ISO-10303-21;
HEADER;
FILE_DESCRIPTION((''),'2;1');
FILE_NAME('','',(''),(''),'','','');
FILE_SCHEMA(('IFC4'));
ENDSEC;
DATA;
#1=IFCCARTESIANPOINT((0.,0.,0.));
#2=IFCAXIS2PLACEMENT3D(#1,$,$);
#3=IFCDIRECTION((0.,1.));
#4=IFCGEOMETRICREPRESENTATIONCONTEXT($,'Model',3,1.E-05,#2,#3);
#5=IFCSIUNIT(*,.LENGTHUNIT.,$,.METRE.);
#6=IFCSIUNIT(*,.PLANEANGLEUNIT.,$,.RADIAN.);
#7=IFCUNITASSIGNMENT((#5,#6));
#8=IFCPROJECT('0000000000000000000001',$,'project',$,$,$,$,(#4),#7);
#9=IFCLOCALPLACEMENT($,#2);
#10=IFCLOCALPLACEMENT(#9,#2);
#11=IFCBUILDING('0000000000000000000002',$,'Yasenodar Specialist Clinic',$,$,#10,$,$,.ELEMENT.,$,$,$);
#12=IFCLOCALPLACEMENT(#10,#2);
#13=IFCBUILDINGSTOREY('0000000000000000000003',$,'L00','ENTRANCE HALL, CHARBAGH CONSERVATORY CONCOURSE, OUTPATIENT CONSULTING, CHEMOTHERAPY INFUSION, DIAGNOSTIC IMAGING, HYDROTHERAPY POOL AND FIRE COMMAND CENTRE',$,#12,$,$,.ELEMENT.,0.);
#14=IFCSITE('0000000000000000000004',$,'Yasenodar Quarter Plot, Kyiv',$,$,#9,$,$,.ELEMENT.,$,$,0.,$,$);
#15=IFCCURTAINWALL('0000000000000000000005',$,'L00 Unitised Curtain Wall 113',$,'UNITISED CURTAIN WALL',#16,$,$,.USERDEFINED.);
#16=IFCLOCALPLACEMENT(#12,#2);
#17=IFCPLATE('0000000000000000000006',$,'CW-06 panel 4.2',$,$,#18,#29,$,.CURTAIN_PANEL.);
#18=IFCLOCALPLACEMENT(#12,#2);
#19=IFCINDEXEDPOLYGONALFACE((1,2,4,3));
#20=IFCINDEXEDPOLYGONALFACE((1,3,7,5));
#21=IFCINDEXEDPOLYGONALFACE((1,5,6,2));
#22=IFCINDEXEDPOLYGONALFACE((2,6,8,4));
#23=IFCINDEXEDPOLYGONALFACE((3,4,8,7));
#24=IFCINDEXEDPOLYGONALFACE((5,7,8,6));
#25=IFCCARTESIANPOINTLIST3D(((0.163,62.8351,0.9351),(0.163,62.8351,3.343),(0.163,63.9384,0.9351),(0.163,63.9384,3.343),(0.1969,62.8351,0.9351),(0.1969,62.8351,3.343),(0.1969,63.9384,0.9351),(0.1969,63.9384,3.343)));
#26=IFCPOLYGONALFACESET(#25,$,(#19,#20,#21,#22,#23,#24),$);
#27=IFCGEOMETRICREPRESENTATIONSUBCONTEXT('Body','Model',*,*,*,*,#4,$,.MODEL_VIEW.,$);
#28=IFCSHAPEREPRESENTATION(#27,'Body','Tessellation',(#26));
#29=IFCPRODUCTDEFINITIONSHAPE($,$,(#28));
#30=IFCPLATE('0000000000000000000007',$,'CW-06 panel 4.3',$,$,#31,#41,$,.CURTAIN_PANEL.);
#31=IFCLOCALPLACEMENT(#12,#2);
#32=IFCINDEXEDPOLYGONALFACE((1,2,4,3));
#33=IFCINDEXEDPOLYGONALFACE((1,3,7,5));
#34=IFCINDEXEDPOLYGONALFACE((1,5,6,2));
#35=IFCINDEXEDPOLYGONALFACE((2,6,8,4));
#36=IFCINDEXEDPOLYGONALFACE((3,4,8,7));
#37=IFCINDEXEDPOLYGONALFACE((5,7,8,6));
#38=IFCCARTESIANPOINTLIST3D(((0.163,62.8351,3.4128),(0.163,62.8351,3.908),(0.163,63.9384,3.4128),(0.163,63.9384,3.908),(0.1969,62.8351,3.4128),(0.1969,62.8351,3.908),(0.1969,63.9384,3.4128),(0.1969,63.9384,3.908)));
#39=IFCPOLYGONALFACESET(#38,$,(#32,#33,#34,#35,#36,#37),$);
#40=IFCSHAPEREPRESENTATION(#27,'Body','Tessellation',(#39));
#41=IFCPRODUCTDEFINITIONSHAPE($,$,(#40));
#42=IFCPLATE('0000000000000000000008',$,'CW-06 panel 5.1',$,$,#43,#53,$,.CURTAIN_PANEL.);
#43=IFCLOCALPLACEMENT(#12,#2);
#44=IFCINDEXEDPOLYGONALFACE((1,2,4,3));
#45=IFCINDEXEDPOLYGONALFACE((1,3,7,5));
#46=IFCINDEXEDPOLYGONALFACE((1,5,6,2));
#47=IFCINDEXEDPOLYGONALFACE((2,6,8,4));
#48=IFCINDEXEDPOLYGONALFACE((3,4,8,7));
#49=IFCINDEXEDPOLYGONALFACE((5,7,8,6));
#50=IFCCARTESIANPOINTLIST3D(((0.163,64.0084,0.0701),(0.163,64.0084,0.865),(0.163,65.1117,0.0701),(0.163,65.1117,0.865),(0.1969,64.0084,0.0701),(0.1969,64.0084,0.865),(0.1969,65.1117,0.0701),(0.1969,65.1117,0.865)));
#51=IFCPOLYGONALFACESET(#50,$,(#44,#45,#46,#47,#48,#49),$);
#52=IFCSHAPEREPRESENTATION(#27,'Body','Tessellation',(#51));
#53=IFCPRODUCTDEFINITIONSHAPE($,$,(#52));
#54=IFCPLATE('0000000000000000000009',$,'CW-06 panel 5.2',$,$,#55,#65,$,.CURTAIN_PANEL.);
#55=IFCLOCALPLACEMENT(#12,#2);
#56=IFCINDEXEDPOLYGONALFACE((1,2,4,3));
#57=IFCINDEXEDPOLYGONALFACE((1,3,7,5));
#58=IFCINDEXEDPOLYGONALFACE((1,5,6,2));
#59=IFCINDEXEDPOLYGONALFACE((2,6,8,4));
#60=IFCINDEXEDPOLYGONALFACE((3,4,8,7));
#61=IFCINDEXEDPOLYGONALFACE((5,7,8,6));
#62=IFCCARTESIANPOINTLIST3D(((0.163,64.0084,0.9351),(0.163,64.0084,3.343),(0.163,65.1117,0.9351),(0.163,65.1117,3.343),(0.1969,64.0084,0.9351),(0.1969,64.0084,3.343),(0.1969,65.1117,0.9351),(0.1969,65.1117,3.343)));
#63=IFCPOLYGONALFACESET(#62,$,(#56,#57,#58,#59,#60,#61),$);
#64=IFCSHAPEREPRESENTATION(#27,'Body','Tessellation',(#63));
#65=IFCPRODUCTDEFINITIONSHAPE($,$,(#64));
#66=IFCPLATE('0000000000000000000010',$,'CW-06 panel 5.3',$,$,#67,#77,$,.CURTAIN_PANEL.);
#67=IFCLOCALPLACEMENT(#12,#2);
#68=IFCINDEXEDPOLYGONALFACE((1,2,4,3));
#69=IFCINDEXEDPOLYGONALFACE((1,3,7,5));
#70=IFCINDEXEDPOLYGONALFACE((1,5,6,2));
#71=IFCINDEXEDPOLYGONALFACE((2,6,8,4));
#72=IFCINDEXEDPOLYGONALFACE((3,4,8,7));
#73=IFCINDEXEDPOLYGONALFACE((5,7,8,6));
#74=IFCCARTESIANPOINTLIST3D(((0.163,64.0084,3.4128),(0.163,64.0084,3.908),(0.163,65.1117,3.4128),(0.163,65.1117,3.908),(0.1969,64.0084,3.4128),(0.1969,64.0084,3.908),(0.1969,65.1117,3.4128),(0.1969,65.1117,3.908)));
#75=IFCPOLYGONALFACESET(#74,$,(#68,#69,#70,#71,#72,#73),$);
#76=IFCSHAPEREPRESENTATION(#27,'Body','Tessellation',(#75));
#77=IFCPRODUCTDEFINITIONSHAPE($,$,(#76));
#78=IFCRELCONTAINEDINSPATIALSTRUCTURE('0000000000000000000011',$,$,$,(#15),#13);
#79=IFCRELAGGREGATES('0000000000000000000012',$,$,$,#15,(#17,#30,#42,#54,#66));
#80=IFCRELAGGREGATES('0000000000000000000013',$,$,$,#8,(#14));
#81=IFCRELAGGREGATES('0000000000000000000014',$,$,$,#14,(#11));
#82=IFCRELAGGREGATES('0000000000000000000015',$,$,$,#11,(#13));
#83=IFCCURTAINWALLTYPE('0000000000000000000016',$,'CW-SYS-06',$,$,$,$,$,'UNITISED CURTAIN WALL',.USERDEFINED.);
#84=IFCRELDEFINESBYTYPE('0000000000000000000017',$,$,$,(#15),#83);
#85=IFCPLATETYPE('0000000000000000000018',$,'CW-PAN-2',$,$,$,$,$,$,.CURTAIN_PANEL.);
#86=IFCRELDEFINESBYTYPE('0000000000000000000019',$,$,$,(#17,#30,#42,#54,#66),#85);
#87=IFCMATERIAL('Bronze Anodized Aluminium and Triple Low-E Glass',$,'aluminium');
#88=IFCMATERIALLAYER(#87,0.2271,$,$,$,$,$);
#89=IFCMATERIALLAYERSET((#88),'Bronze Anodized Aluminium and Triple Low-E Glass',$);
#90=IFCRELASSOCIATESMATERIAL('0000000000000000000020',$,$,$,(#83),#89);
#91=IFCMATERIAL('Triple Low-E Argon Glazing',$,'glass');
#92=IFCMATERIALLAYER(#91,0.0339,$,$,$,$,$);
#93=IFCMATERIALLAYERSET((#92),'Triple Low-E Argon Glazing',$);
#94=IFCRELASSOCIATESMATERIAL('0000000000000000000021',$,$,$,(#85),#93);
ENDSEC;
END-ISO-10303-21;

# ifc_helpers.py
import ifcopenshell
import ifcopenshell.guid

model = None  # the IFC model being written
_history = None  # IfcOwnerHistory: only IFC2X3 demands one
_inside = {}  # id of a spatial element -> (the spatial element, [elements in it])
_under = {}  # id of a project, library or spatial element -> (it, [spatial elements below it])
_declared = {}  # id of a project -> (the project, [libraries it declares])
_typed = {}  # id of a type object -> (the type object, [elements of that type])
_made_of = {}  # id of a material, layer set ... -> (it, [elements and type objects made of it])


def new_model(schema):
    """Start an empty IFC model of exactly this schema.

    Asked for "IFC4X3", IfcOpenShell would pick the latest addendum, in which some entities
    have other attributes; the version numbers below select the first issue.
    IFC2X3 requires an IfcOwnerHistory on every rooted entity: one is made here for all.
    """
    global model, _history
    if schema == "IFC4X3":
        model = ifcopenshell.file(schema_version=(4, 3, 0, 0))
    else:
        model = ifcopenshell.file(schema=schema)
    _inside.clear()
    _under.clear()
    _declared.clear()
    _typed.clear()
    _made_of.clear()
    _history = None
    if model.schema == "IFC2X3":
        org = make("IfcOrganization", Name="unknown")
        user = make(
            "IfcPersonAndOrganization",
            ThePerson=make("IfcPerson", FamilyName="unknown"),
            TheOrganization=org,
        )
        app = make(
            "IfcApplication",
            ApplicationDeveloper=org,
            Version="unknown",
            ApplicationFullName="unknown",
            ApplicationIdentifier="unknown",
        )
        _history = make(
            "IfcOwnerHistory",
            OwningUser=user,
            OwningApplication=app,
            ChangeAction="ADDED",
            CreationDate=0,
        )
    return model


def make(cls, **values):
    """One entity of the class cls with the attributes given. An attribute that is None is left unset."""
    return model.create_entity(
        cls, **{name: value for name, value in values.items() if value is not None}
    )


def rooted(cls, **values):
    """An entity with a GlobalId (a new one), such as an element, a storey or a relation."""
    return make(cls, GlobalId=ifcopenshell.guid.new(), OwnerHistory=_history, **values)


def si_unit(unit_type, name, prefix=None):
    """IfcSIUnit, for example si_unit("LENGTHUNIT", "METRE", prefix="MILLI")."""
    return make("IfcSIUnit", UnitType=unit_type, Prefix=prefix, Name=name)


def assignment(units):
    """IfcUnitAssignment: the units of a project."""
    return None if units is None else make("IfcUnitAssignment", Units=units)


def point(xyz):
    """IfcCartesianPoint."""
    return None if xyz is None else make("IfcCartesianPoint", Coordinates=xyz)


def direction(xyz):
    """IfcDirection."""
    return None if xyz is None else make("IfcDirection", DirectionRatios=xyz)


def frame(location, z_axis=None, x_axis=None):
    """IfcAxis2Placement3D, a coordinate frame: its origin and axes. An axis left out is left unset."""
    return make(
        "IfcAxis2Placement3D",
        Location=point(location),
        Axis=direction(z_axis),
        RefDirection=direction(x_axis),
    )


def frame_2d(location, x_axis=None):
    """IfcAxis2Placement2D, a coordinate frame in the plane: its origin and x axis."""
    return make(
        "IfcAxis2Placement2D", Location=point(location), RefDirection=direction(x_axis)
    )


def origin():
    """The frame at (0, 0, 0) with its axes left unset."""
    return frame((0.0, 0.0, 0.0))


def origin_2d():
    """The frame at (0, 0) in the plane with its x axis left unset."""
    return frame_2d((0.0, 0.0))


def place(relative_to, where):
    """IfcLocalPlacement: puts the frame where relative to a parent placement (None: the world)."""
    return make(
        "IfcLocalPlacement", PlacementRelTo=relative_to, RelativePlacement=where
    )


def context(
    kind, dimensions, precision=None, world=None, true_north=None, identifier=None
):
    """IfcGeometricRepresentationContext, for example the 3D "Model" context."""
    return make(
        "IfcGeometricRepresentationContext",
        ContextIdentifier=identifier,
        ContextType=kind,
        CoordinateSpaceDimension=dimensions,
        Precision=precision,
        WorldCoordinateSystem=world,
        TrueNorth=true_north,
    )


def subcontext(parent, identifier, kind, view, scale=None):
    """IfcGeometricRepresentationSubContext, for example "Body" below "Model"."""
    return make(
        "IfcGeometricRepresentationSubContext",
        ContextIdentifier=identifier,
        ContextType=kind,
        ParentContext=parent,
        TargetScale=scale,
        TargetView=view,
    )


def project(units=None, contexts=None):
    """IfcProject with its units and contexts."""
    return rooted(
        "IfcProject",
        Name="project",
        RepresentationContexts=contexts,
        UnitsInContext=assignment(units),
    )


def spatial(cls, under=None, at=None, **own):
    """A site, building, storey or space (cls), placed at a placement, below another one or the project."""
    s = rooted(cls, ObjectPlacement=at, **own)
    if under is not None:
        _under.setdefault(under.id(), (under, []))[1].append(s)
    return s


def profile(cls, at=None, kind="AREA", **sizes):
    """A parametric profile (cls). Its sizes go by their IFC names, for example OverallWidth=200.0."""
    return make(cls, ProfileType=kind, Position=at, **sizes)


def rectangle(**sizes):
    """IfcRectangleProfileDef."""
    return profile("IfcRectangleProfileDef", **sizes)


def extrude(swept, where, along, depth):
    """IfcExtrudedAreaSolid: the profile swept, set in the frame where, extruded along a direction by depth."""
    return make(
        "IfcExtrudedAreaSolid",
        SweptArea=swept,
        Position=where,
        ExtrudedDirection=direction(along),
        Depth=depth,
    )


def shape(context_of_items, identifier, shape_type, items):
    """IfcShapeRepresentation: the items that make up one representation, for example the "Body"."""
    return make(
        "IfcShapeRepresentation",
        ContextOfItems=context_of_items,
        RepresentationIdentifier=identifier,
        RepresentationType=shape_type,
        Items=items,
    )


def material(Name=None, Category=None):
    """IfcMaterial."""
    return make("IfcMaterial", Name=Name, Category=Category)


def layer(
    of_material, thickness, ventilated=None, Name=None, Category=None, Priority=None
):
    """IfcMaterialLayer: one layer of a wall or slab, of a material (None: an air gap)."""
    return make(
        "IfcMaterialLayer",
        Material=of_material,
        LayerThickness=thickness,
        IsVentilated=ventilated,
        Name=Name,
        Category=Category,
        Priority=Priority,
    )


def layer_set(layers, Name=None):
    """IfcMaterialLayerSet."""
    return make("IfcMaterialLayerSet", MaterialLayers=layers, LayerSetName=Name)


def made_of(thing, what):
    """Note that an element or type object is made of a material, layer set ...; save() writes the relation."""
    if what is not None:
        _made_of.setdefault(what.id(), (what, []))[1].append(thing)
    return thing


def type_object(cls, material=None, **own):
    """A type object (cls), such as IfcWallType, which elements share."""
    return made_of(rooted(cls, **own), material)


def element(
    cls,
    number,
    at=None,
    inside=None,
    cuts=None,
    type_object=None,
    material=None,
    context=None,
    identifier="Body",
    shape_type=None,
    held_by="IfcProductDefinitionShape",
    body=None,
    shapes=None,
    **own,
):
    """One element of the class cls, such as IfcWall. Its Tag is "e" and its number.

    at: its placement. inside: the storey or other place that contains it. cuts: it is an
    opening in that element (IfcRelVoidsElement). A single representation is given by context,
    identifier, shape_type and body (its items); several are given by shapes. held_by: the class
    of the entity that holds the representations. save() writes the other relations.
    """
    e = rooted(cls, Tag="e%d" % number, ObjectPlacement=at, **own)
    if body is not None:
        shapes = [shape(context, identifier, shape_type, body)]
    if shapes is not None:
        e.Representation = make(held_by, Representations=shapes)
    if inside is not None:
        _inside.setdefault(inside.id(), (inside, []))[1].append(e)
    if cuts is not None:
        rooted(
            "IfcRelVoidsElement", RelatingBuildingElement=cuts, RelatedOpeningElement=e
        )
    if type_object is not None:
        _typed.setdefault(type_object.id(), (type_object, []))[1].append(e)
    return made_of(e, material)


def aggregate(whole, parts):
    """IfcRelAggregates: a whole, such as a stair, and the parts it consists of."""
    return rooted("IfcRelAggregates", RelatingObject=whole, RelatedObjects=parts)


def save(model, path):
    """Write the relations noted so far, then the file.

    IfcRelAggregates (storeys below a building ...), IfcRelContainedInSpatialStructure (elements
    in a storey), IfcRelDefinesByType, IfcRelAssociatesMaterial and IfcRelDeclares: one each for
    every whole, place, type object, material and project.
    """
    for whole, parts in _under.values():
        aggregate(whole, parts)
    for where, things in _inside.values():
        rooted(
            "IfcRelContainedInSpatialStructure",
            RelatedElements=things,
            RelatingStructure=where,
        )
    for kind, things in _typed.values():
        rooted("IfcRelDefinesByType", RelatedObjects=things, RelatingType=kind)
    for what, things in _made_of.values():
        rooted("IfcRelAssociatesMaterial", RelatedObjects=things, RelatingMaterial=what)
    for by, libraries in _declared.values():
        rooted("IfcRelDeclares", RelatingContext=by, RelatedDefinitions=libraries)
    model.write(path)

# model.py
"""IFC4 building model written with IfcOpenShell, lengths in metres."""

from ifc_helpers import new_model, si_unit, direction, frame, origin, origin_2d, place, context, subcontext, project, spatial, rectangle, extrude, material, layer, layer_set, type_object, element, aggregate, save


model = new_model("IFC4")

# Units and contexts
model_context = context("Model", 3, precision=1e-05, world=origin(), true_north=direction((0.0, 1.0)))
body_context = subcontext(model_context, "Body", "Model", "MODEL_VIEW")
ifc_project = project(units=[si_unit("LENGTHUNIT", "METRE"), si_unit("PLANEANGLEUNIT", "RADIAN")], contexts=[model_context])

# Site, building, storey
site_placement = place(None, origin())
site = spatial("IfcSite", under=ifc_project, at=site_placement, Name="Yasenodar Quarter Plot, Kyiv", CompositionType="ELEMENT", RefElevation=0.0)
building_placement = place(site_placement, origin())
building = spatial("IfcBuilding", under=site, at=building_placement, Name="Yasenodar Specialist Clinic", CompositionType="ELEMENT")
storey_placement = place(building_placement, origin())
storey = spatial("IfcBuildingStorey", under=building, at=storey_placement, Name="L00", Description="ENTRANCE HALL, CHARBAGH CONSERVATORY CONCOURSE, OUTPATIENT CONSULTING, CHEMOTHERAPY INFUSION, DIAGNOSTIC IMAGING, HYDROTHERAPY POOL AND FIRE COMMAND CENTRE", CompositionType="ELEMENT", Elevation=0.0)

# Curtain wall
ifc_material_1 = material(Name="Bronze Anodized Aluminium and Triple Low-E Glass", Category="aluminium")
ifc_layer_1 = layer(ifc_material_1, 0.2271)
ifc_layer_set_1 = layer_set([ifc_layer_1], Name="Bronze Anodized Aluminium and Triple Low-E Glass")
curtain_wall_type = type_object("IfcCurtainWallType", Name="CW-SYS-06", ElementType="UNITISED CURTAIN WALL", PredefinedType="USERDEFINED", material=ifc_layer_set_1)
curtain_wall_placement = place(storey_placement, origin())
curtain_wall = element("IfcCurtainWall", 1, at=curtain_wall_placement, inside=storey, type_object=curtain_wall_type, Name="L00 Unitised Curtain Wall 113", ObjectType="UNITISED CURTAIN WALL", PredefinedType="USERDEFINED")

# Plates
ifc_material_2 = material(Name="Triple Low-E Argon Glazing", Category="glass")
ifc_layer_2 = layer(ifc_material_2, 0.0339)
ifc_layer_set_2 = layer_set([ifc_layer_2], Name="Triple Low-E Argon Glazing")
plate_type = type_object("IfcPlateType", Name="CW-PAN-2", PredefinedType="CURTAIN_PANEL", material=ifc_layer_set_2)
plate_1_placement = place(storey_placement, frame((0.1799, 63.3867, 0.9351), z_axis=(0.0, 0.0, 1.0), x_axis=(0.0, 1.0, 0.0)))
plate_1 = element("IfcPlate", 2, at=plate_1_placement, type_object=plate_type, Name="CW-06 panel 4.2", PredefinedType="CURTAIN_PANEL", context=body_context, shape_type="SweptSolid", body=[
    extrude(rectangle(XDim=1.1033, YDim=0.0339, at=origin_2d()), origin(), (0.0, 0.0, 1.0), 2.408),
])
plate_2_placement = place(storey_placement, frame((0.1799, 63.3867, 3.4128), z_axis=(0.0, 0.0, 1.0), x_axis=(0.0, 1.0, 0.0)))
plate_2 = element("IfcPlate", 3, at=plate_2_placement, type_object=plate_type, Name="CW-06 panel 4.3", PredefinedType="CURTAIN_PANEL", context=body_context, shape_type="SweptSolid", body=[
    extrude(rectangle(XDim=1.1033, YDim=0.0339, at=origin_2d()), origin(), (0.0, 0.0, 1.0), 0.4951),
])
plate_3_placement = place(storey_placement, frame((0.1799, 64.5601, 0.0701), z_axis=(0.0, 0.0, 1.0), x_axis=(0.0, 1.0, 0.0)))
plate_3 = element("IfcPlate", 4, at=plate_3_placement, type_object=plate_type, Name="CW-06 panel 5.1", PredefinedType="CURTAIN_PANEL", context=body_context, shape_type="SweptSolid", body=[
    extrude(rectangle(XDim=1.1033, YDim=0.0339, at=origin_2d()), origin(), (0.0, 0.0, 1.0), 0.7949),
])
plate_4_placement = place(storey_placement, frame((0.1799, 64.5601, 0.9351), z_axis=(0.0, 0.0, 1.0), x_axis=(0.0, 1.0, 0.0)))
plate_4 = element("IfcPlate", 5, at=plate_4_placement, type_object=plate_type, Name="CW-06 panel 5.2", PredefinedType="CURTAIN_PANEL", context=body_context, shape_type="SweptSolid", body=[
    extrude(rectangle(XDim=1.1033, YDim=0.0339, at=origin_2d()), origin(), (0.0, 0.0, 1.0), 2.408),
])
plate_5_placement = place(storey_placement, frame((0.1799, 64.5601, 3.4128), z_axis=(0.0, 0.0, 1.0), x_axis=(0.0, 1.0, 0.0)))
plate_5 = element("IfcPlate", 6, at=plate_5_placement, type_object=plate_type, Name="CW-06 panel 5.3", PredefinedType="CURTAIN_PANEL", context=body_context, shape_type="SweptSolid", body=[
    extrude(rectangle(XDim=1.1033, YDim=0.0339, at=origin_2d()), origin(), (0.0, 0.0, 1.0), 0.4951),
])
aggregate(curtain_wall, [plate_1, plate_2, plate_3, plate_4, plate_5])

save(model, "model.ifc")
